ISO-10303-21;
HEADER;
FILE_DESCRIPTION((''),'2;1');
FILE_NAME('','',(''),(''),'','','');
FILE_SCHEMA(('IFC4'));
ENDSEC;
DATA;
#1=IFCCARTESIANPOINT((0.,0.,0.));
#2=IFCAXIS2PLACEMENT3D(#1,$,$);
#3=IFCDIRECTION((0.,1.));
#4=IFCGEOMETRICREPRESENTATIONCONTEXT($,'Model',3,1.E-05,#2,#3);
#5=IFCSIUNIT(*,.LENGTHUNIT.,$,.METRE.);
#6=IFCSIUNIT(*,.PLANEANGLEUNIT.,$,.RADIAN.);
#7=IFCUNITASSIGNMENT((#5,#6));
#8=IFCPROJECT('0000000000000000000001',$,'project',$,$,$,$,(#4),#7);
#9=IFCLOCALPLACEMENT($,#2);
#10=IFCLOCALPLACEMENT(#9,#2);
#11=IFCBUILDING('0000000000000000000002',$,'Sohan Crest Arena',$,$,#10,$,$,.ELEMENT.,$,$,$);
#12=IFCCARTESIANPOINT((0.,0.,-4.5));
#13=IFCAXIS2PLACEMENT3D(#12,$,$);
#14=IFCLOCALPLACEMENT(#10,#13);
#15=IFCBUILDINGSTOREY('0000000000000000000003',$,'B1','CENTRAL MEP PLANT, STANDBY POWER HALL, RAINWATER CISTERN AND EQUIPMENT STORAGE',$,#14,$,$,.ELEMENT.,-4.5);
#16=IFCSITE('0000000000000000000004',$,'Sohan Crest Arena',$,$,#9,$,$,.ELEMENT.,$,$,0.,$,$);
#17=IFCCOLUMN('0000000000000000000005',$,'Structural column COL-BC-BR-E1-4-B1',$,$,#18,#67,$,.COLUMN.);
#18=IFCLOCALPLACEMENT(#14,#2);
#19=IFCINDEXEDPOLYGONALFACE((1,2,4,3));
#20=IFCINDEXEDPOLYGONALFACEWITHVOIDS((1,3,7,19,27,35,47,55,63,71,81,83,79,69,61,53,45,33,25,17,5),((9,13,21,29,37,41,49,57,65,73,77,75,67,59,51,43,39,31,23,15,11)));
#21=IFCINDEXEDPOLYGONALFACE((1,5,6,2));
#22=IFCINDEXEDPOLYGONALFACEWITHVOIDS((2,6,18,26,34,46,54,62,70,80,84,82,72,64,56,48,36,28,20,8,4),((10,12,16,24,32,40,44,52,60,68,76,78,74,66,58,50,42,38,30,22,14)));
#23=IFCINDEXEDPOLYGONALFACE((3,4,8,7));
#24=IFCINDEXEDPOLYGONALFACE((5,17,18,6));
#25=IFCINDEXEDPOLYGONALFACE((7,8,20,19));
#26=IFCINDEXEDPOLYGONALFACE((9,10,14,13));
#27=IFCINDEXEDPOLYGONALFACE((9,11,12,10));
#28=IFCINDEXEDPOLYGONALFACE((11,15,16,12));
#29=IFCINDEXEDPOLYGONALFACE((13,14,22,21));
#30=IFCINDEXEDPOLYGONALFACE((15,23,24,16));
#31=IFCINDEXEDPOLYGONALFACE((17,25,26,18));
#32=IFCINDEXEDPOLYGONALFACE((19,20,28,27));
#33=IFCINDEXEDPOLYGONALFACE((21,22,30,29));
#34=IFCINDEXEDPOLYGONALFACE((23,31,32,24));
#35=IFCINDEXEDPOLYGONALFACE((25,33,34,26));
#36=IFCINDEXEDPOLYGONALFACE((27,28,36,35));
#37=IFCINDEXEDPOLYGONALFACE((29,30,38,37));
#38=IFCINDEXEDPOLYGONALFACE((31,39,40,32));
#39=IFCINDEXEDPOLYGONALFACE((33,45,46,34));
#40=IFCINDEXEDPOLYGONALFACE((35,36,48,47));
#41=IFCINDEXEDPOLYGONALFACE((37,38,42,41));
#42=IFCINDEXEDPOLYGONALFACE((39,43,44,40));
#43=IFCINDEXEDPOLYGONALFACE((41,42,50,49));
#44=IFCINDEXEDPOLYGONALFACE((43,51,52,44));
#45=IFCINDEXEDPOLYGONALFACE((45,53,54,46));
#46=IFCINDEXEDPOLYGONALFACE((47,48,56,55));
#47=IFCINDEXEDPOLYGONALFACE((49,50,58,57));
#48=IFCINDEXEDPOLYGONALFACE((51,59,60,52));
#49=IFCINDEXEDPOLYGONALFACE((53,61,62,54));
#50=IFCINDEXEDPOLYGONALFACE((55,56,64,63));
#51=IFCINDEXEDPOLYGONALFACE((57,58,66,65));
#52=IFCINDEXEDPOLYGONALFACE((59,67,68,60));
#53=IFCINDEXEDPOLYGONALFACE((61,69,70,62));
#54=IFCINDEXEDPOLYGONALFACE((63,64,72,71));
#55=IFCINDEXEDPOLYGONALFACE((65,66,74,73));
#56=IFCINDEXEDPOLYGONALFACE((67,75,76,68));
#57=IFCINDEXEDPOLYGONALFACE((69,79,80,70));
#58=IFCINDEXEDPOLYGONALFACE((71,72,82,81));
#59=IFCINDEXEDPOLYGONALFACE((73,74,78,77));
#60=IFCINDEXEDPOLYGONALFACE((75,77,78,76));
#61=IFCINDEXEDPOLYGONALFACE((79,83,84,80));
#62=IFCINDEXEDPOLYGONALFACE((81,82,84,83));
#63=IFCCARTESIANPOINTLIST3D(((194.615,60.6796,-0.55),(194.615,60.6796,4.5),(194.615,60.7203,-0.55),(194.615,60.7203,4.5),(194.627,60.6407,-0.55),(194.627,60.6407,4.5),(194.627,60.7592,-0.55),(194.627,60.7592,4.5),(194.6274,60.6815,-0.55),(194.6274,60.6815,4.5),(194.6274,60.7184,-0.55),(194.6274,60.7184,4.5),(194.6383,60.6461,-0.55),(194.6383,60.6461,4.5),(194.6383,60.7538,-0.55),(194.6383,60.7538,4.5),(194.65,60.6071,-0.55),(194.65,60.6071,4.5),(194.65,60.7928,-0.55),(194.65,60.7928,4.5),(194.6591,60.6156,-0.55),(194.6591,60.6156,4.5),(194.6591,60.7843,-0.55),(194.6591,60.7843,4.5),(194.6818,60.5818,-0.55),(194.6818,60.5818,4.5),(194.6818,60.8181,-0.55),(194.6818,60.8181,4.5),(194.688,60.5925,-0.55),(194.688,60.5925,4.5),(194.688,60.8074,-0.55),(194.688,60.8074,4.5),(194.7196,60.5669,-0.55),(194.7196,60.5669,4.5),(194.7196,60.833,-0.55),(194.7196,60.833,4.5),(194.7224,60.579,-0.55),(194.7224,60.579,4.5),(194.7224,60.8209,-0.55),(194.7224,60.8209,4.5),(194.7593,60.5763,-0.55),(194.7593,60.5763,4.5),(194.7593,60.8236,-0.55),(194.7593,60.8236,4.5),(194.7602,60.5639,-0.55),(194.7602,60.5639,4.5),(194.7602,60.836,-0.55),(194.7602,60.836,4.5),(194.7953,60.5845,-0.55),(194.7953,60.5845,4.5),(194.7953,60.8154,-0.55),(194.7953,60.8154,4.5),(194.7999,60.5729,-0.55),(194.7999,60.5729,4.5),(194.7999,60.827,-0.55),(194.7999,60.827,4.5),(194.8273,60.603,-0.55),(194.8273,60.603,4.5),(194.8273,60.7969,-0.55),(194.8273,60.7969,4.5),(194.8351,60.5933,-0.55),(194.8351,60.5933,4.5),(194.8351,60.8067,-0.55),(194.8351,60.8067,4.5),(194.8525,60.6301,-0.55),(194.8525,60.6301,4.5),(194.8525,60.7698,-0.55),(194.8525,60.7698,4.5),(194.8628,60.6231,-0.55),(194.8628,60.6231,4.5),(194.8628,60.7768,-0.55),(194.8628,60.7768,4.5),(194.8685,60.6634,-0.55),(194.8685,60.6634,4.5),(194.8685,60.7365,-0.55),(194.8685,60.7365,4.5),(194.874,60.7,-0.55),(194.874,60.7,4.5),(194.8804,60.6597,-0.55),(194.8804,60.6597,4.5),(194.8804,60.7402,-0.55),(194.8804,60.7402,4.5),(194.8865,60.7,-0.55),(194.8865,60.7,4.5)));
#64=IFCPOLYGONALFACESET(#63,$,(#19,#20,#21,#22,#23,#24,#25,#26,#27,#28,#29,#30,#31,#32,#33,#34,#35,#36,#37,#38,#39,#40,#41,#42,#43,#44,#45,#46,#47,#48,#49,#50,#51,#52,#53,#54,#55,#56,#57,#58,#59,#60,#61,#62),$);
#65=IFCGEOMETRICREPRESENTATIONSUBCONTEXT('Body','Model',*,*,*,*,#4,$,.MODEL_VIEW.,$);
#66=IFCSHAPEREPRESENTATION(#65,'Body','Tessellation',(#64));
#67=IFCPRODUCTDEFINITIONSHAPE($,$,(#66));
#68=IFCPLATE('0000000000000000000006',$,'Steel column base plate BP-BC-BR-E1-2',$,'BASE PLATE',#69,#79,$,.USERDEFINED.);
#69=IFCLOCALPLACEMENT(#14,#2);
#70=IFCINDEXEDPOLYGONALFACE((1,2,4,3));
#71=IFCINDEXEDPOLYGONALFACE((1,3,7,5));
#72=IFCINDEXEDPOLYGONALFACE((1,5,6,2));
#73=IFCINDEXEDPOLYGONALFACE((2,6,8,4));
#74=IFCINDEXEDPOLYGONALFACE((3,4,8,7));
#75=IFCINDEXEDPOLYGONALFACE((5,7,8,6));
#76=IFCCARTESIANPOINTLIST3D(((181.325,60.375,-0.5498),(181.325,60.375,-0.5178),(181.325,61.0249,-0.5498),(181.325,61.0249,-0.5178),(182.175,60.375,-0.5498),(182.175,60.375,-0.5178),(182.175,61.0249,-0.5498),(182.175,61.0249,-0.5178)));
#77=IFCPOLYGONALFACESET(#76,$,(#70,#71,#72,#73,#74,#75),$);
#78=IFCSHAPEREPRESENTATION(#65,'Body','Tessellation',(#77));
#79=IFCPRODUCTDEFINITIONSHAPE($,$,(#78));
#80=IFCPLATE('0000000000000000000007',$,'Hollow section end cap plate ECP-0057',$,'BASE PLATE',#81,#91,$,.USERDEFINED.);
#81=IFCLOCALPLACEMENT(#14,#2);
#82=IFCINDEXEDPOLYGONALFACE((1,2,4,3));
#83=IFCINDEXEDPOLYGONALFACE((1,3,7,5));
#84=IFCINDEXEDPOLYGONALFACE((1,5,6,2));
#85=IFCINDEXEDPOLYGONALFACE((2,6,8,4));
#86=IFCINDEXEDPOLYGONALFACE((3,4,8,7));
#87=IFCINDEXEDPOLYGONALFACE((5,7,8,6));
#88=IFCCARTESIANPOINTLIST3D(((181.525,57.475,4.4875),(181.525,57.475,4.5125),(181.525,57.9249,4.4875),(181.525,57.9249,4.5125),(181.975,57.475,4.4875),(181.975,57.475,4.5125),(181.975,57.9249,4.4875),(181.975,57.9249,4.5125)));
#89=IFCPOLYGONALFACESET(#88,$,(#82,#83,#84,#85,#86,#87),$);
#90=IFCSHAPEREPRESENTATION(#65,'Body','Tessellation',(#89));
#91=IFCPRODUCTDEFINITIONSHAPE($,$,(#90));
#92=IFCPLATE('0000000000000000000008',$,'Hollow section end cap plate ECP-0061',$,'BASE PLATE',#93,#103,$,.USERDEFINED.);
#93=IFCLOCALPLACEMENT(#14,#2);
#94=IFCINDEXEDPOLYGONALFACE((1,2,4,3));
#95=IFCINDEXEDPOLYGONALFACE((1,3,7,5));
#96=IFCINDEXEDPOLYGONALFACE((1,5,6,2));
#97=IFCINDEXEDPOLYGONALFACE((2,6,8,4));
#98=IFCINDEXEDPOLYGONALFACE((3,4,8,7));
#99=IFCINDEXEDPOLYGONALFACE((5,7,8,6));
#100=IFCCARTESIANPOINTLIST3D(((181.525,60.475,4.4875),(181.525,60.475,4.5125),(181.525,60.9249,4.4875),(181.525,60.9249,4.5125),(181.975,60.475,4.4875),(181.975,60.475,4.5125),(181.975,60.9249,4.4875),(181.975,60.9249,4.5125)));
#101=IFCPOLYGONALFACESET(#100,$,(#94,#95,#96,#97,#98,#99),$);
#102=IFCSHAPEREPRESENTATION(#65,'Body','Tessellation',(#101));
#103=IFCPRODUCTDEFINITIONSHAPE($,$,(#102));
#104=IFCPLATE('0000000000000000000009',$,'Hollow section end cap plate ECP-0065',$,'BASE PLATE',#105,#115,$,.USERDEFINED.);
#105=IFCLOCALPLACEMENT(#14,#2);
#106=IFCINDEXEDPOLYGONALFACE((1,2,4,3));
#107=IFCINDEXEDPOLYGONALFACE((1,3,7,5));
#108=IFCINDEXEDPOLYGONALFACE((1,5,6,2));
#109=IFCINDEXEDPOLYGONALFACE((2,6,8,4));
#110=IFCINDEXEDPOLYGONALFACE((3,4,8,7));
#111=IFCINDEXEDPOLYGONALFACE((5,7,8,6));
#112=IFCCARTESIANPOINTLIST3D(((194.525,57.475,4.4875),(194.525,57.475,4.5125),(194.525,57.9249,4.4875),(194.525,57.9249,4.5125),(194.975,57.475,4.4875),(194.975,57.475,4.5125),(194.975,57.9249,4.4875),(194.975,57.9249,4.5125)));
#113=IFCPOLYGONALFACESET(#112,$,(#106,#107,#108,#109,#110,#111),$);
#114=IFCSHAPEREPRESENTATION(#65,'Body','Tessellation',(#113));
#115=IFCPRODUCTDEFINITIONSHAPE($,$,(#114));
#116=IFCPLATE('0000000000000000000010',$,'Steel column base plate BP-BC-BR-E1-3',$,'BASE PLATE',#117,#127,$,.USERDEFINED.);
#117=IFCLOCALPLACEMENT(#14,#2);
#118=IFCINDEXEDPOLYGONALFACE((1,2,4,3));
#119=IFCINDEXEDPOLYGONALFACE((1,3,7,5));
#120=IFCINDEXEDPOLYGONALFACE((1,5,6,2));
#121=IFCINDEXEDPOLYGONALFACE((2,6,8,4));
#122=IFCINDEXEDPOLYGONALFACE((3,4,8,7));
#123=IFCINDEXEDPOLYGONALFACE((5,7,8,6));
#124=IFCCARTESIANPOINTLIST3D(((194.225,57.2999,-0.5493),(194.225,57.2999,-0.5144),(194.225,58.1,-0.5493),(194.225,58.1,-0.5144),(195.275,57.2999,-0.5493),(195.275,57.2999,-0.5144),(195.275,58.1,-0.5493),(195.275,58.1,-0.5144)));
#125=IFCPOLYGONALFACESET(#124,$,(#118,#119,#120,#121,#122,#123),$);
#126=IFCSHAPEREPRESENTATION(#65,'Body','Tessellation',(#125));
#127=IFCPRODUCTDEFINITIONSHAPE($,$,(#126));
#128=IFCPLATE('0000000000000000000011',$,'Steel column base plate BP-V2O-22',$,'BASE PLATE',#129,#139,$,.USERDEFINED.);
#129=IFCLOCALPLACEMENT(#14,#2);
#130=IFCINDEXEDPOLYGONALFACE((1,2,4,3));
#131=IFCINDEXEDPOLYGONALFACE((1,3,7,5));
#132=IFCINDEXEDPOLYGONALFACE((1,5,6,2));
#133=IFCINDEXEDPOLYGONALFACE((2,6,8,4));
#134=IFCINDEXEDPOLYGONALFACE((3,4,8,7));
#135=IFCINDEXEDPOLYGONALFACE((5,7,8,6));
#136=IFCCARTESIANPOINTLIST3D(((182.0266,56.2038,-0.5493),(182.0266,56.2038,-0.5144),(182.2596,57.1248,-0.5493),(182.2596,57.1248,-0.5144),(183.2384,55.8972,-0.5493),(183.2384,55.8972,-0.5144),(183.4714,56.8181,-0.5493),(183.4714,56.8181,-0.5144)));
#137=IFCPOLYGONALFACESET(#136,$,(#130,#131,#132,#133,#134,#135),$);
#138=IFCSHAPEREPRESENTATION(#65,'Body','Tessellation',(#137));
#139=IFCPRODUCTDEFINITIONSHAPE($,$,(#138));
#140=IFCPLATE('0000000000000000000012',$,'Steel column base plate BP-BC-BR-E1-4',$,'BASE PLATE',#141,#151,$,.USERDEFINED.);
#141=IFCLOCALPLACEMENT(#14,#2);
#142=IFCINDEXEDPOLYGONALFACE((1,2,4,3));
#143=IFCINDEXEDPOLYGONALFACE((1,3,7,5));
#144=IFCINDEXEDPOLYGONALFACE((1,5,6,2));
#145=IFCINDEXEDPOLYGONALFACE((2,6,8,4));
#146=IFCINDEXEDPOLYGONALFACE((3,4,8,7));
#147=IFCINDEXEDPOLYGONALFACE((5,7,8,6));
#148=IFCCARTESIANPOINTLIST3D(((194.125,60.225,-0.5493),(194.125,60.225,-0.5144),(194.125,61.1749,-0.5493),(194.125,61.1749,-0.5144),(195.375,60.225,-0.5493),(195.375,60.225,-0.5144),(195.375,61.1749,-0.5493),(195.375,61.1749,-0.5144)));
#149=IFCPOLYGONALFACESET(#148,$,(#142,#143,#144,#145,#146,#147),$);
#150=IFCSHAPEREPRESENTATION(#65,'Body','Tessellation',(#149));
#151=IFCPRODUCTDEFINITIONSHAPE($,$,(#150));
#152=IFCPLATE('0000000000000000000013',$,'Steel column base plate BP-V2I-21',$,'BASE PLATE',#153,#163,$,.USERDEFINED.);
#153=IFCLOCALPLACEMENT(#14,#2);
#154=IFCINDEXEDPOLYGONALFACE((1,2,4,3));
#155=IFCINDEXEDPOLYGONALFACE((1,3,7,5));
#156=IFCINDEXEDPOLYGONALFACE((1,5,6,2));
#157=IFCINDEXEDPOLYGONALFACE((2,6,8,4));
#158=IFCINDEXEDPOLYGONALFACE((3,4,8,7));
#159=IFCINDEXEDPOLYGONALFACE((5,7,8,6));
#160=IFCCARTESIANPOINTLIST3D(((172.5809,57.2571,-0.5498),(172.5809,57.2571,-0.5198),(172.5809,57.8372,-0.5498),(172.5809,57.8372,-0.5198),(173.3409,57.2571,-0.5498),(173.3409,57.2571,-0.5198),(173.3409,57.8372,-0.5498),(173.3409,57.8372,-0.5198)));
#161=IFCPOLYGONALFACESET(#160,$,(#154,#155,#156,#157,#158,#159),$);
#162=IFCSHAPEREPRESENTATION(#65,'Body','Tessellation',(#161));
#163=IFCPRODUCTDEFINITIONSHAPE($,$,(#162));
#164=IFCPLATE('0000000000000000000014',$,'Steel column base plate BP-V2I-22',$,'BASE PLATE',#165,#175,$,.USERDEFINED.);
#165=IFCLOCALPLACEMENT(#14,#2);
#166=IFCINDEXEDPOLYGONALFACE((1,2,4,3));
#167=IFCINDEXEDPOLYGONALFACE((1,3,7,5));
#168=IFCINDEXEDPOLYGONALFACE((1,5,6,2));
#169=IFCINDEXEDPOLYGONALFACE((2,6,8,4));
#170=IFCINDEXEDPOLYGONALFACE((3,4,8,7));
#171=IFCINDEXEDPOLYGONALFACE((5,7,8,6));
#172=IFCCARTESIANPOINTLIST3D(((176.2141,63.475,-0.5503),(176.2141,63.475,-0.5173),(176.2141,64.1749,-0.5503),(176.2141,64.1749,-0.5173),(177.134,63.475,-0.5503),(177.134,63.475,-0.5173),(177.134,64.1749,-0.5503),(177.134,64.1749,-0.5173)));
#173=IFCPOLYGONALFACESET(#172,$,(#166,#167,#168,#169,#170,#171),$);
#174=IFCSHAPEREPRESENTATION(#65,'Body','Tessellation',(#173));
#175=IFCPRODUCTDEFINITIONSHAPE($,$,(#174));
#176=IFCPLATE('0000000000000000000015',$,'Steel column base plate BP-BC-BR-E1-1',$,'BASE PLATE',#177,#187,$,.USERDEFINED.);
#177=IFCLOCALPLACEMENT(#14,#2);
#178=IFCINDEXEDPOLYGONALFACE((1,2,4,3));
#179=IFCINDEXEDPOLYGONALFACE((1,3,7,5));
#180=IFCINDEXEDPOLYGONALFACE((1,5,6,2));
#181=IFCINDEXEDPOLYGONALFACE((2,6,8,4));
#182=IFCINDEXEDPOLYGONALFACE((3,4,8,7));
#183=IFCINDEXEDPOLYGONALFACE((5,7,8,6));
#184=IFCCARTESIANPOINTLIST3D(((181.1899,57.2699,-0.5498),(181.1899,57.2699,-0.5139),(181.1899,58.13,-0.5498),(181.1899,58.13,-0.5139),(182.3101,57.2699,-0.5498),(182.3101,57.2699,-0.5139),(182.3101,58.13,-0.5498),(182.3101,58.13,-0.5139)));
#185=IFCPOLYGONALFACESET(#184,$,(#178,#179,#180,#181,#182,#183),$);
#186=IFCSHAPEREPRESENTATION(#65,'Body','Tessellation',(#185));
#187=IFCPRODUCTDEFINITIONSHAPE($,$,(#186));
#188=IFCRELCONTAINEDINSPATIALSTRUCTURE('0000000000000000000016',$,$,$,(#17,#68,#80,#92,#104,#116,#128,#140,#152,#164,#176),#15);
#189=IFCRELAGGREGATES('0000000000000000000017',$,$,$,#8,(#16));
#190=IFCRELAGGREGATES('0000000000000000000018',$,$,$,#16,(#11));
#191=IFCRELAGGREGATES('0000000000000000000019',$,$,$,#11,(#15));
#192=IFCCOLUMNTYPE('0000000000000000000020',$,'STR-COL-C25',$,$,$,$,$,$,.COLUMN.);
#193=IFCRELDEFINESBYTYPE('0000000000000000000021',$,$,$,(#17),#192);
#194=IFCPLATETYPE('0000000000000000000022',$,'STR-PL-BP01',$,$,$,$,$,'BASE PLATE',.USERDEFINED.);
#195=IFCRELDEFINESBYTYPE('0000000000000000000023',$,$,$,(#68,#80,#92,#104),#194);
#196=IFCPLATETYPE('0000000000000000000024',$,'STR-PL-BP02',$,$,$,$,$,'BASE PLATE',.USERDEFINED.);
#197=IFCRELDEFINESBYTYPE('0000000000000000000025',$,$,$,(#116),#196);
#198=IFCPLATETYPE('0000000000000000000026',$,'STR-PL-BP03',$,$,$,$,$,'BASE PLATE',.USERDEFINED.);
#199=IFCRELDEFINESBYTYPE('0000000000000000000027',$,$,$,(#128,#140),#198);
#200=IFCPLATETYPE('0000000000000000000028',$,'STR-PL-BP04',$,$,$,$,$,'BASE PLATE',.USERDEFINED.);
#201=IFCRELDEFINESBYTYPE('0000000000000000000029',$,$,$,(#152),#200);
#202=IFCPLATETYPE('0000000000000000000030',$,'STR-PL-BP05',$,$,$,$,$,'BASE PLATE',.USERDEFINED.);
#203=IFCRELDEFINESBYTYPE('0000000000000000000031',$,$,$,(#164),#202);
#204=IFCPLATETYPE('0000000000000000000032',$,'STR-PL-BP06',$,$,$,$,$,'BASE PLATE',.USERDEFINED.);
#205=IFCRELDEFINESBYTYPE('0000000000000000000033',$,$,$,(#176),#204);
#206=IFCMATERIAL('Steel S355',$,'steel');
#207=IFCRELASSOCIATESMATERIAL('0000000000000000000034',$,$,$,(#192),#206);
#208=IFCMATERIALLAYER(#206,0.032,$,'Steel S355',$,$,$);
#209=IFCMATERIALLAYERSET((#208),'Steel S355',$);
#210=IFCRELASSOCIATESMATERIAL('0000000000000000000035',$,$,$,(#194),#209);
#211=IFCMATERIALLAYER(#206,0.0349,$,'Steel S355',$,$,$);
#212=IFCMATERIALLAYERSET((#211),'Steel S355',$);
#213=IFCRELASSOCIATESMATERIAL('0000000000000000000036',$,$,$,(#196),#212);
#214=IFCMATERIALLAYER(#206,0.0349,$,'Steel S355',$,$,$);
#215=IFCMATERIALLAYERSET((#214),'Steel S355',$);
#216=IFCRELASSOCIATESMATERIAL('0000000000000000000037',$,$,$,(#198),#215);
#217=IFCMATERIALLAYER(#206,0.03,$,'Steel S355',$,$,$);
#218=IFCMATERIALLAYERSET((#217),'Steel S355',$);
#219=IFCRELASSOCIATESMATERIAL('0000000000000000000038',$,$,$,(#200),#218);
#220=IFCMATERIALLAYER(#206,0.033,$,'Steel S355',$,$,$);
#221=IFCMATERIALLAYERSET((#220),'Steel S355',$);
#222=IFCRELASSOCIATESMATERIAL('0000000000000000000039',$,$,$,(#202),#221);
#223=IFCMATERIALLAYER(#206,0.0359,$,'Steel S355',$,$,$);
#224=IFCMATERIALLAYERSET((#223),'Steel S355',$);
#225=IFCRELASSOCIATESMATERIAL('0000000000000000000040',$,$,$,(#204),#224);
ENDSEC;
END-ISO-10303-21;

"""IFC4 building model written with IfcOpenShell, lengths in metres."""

from ifc_helpers import new_model, si_unit, direction, frame, origin, origin_2d, place, context, subcontext, project, spatial, rectangle, hollow_circle, extrude, material, layer, layer_set, material_profile, profile_set, type_object, element, save


model = new_model("IFC4")

# Units and contexts
model_context = context("Model", 3, precision=1e-05, world=origin(), true_north=direction((0.0, 1.0)))
body_context = subcontext(model_context, "Body", "Model", "MODEL_VIEW")
ifc_project = project(units=[si_unit("LENGTHUNIT", "METRE"), si_unit("PLANEANGLEUNIT", "RADIAN")], contexts=[model_context])

# Site, building, storey
site_placement = place(None, origin())
site = spatial("IfcSite", under=ifc_project, at=site_placement, Name="Sohan Crest Arena", CompositionType="ELEMENT", RefElevation=0.0)
building_placement = place(site_placement, origin())
building = spatial("IfcBuilding", under=site, at=building_placement, Name="Sohan Crest Arena", CompositionType="ELEMENT")
storey_placement = place(building_placement, frame((0.0, 0.0, -4.5)))
storey = spatial("IfcBuildingStorey", under=building, at=storey_placement, Name="B1", Description="CENTRAL MEP PLANT, STANDBY POWER HALL, RAINWATER CISTERN AND EQUIPMENT STORAGE", CompositionType="ELEMENT", Elevation=-4.5)

# Column
ifc_material_1 = material(Name="Steel S355", Category="steel")
ifc_material_profile_1 = material_profile(ifc_material_1, hollow_circle(Radius=0.1365, WallThickness=0.0125, at=origin_2d()), Name="CHS 273x12.5")
ifc_profile_set_1 = profile_set([ifc_material_profile_1], Name="Steel S355")
column_type_1 = type_object("IfcColumnType", Name="STR-COL-C25", PredefinedType="COLUMN", material=ifc_profile_set_1)
for number, where, z_axis, x_axis, name in (
    (1, (194.75, 60.7, -0.55), (0.0, 0.0, 1.0), (1.0, 0.0, 0.0), "Structural column COL-BC-BR-E1-4-B1"),
):
    element("IfcColumn", number, at=place(storey_placement, frame(where, z_axis=z_axis, x_axis=x_axis)), inside=storey, type_object=column_type_1, Name=name, PredefinedType="COLUMN", context=body_context, shape_type="SweptSolid", body=[
        extrude(hollow_circle(Radius=0.1365, WallThickness=0.0125, at=origin_2d()), origin(), (0.0, 0.0, 1.0), 5.05),
    ])

# Plates
ifc_layer_1 = layer(ifc_material_1, 0.032, Name="Steel S355")
ifc_layer_set_1 = layer_set([ifc_layer_1], Name="Steel S355")
plate_type_1 = type_object("IfcPlateType", Name="STR-PL-BP01", ElementType="BASE PLATE", PredefinedType="USERDEFINED", material=ifc_layer_set_1)
plate_1_placement = place(storey_placement, frame((181.75, 60.7, -0.5498), z_axis=(0.0, 0.0, 1.0), x_axis=(1.0, 0.0, 0.0)))
element("IfcPlate", 2, at=plate_1_placement, inside=storey, type_object=plate_type_1, Name="Steel column base plate BP-BC-BR-E1-2", ObjectType="BASE PLATE", PredefinedType="USERDEFINED", context=body_context, shape_type="SweptSolid", body=[
    extrude(rectangle(XDim=0.8501, YDim=0.6499, at=origin_2d()), origin(), (0.0, 0.0, 1.0), 0.032),
])
for number, where, z_axis, x_axis, name in (
    (3, (181.75, 57.7, 4.4875), (0.0, 0.0, 1.0), (1.0, 0.0, 0.0), "Hollow section end cap plate ECP-0057"),
    (4, (181.75, 60.7, 4.4875), (0.0, 0.0, 1.0), (1.0, 0.0, 0.0), "Hollow section end cap plate ECP-0061"),
    (5, (194.75, 57.7, 4.4875), (0.0, 0.0, 1.0), (1.0, 0.0, 0.0), "Hollow section end cap plate ECP-0065"),
):
    element("IfcPlate", number, at=place(storey_placement, frame(where, z_axis=z_axis, x_axis=x_axis)), inside=storey, type_object=plate_type_1, Name=name, ObjectType="BASE PLATE", PredefinedType="USERDEFINED", context=body_context, shape_type="SweptSolid", body=[
        extrude(rectangle(XDim=0.45, YDim=0.45, at=origin_2d()), origin(), (0.0, 0.0, 1.0), 0.0249),
    ])
ifc_layer_2 = layer(ifc_material_1, 0.0349, Name="Steel S355")
ifc_layer_set_2 = layer_set([ifc_layer_2], Name="Steel S355")
plate_type_2 = type_object("IfcPlateType", Name="STR-PL-BP02", ElementType="BASE PLATE", PredefinedType="USERDEFINED", material=ifc_layer_set_2)
plate_2_placement = place(storey_placement, frame((194.75, 57.7, -0.5493), z_axis=(0.0, 0.0, 1.0), x_axis=(1.0, 0.0, 0.0)))
element("IfcPlate", 6, at=plate_2_placement, inside=storey, type_object=plate_type_2, Name="Steel column base plate BP-BC-BR-E1-3", ObjectType="BASE PLATE", PredefinedType="USERDEFINED", context=body_context, shape_type="SweptSolid", body=[
    extrude(rectangle(XDim=1.05, YDim=0.8, at=origin_2d()), origin(), (0.0, 0.0, 1.0), 0.0349),
])
ifc_layer_3 = layer(ifc_material_1, 0.0349, Name="Steel S355")
ifc_layer_set_3 = layer_set([ifc_layer_3], Name="Steel S355")
plate_type_3 = type_object("IfcPlateType", Name="STR-PL-BP03", ElementType="BASE PLATE", PredefinedType="USERDEFINED", material=ifc_layer_set_3)
for number, where, z_axis, x_axis, name in (
    (7, (182.749, 56.511, -0.5493), (0.0, 0.0, 1.0), (-0.969445, 0.245307, 0.0), "Steel column base plate BP-V2O-22"),
    (8, (194.75, 60.7, -0.5493), (0.0, 0.0, 1.0), (1.0, 0.0, 0.0), "Steel column base plate BP-BC-BR-E1-4"),
):
    element("IfcPlate", number, at=place(storey_placement, frame(where, z_axis=z_axis, x_axis=x_axis)), inside=storey, type_object=plate_type_3, Name=name, ObjectType="BASE PLATE", PredefinedType="USERDEFINED", context=body_context, shape_type="SweptSolid", body=[
        extrude(rectangle(XDim=1.25, YDim=0.95, at=origin_2d()), origin(), (0.0, 0.0, 1.0), 0.0349),
    ])
ifc_layer_4 = layer(ifc_material_1, 0.03, Name="Steel S355")
ifc_layer_set_4 = layer_set([ifc_layer_4], Name="Steel S355")
plate_type_4 = type_object("IfcPlateType", Name="STR-PL-BP04", ElementType="BASE PLATE", PredefinedType="USERDEFINED", material=ifc_layer_set_4)
plate_3_placement = place(storey_placement, frame((172.9609, 57.5471, -0.5498), z_axis=(0.0, 0.0, 1.0), x_axis=(1.0, 0.0, 0.0)))
element("IfcPlate", 9, at=plate_3_placement, inside=storey, type_object=plate_type_4, Name="Steel column base plate BP-V2I-21", ObjectType="BASE PLATE", PredefinedType="USERDEFINED", context=body_context, shape_type="SweptSolid", body=[
    extrude(rectangle(XDim=0.76, YDim=0.5801, at=origin_2d()), origin(), (0.0, 0.0, 1.0), 0.03),
])
ifc_layer_5 = layer(ifc_material_1, 0.033, Name="Steel S355")
ifc_layer_set_5 = layer_set([ifc_layer_5], Name="Steel S355")
plate_type_5 = type_object("IfcPlateType", Name="STR-PL-BP05", ElementType="BASE PLATE", PredefinedType="USERDEFINED", material=ifc_layer_set_5)
plate_4_placement = place(storey_placement, frame((176.6741, 63.825, -0.5503), z_axis=(0.0, 0.0, 1.0), x_axis=(1.0, 0.0, 0.0)))
element("IfcPlate", 10, at=plate_4_placement, inside=storey, type_object=plate_type_5, Name="Steel column base plate BP-V2I-22", ObjectType="BASE PLATE", PredefinedType="USERDEFINED", context=body_context, shape_type="SweptSolid", body=[
    extrude(rectangle(XDim=0.9199, YDim=0.7, at=origin_2d()), origin(), (0.0, 0.0, 1.0), 0.033),
])
ifc_layer_6 = layer(ifc_material_1, 0.0359, Name="Steel S355")
ifc_layer_set_6 = layer_set([ifc_layer_6], Name="Steel S355")
plate_type_6 = type_object("IfcPlateType", Name="STR-PL-BP06", ElementType="BASE PLATE", PredefinedType="USERDEFINED", material=ifc_layer_set_6)
plate_5_placement = place(storey_placement, frame((181.75, 57.7, -0.5498), z_axis=(0.0, 0.0, 1.0), x_axis=(1.0, 0.0, 0.0)))
element("IfcPlate", 11, at=plate_5_placement, inside=storey, type_object=plate_type_6, Name="Steel column base plate BP-BC-BR-E1-1", ObjectType="BASE PLATE", PredefinedType="USERDEFINED", context=body_context, shape_type="SweptSolid", body=[
    extrude(rectangle(XDim=1.1201, YDim=0.8601, at=origin_2d()), origin(), (0.0, 0.0, 1.0), 0.0359),
])

save(model, "model.ifc")
